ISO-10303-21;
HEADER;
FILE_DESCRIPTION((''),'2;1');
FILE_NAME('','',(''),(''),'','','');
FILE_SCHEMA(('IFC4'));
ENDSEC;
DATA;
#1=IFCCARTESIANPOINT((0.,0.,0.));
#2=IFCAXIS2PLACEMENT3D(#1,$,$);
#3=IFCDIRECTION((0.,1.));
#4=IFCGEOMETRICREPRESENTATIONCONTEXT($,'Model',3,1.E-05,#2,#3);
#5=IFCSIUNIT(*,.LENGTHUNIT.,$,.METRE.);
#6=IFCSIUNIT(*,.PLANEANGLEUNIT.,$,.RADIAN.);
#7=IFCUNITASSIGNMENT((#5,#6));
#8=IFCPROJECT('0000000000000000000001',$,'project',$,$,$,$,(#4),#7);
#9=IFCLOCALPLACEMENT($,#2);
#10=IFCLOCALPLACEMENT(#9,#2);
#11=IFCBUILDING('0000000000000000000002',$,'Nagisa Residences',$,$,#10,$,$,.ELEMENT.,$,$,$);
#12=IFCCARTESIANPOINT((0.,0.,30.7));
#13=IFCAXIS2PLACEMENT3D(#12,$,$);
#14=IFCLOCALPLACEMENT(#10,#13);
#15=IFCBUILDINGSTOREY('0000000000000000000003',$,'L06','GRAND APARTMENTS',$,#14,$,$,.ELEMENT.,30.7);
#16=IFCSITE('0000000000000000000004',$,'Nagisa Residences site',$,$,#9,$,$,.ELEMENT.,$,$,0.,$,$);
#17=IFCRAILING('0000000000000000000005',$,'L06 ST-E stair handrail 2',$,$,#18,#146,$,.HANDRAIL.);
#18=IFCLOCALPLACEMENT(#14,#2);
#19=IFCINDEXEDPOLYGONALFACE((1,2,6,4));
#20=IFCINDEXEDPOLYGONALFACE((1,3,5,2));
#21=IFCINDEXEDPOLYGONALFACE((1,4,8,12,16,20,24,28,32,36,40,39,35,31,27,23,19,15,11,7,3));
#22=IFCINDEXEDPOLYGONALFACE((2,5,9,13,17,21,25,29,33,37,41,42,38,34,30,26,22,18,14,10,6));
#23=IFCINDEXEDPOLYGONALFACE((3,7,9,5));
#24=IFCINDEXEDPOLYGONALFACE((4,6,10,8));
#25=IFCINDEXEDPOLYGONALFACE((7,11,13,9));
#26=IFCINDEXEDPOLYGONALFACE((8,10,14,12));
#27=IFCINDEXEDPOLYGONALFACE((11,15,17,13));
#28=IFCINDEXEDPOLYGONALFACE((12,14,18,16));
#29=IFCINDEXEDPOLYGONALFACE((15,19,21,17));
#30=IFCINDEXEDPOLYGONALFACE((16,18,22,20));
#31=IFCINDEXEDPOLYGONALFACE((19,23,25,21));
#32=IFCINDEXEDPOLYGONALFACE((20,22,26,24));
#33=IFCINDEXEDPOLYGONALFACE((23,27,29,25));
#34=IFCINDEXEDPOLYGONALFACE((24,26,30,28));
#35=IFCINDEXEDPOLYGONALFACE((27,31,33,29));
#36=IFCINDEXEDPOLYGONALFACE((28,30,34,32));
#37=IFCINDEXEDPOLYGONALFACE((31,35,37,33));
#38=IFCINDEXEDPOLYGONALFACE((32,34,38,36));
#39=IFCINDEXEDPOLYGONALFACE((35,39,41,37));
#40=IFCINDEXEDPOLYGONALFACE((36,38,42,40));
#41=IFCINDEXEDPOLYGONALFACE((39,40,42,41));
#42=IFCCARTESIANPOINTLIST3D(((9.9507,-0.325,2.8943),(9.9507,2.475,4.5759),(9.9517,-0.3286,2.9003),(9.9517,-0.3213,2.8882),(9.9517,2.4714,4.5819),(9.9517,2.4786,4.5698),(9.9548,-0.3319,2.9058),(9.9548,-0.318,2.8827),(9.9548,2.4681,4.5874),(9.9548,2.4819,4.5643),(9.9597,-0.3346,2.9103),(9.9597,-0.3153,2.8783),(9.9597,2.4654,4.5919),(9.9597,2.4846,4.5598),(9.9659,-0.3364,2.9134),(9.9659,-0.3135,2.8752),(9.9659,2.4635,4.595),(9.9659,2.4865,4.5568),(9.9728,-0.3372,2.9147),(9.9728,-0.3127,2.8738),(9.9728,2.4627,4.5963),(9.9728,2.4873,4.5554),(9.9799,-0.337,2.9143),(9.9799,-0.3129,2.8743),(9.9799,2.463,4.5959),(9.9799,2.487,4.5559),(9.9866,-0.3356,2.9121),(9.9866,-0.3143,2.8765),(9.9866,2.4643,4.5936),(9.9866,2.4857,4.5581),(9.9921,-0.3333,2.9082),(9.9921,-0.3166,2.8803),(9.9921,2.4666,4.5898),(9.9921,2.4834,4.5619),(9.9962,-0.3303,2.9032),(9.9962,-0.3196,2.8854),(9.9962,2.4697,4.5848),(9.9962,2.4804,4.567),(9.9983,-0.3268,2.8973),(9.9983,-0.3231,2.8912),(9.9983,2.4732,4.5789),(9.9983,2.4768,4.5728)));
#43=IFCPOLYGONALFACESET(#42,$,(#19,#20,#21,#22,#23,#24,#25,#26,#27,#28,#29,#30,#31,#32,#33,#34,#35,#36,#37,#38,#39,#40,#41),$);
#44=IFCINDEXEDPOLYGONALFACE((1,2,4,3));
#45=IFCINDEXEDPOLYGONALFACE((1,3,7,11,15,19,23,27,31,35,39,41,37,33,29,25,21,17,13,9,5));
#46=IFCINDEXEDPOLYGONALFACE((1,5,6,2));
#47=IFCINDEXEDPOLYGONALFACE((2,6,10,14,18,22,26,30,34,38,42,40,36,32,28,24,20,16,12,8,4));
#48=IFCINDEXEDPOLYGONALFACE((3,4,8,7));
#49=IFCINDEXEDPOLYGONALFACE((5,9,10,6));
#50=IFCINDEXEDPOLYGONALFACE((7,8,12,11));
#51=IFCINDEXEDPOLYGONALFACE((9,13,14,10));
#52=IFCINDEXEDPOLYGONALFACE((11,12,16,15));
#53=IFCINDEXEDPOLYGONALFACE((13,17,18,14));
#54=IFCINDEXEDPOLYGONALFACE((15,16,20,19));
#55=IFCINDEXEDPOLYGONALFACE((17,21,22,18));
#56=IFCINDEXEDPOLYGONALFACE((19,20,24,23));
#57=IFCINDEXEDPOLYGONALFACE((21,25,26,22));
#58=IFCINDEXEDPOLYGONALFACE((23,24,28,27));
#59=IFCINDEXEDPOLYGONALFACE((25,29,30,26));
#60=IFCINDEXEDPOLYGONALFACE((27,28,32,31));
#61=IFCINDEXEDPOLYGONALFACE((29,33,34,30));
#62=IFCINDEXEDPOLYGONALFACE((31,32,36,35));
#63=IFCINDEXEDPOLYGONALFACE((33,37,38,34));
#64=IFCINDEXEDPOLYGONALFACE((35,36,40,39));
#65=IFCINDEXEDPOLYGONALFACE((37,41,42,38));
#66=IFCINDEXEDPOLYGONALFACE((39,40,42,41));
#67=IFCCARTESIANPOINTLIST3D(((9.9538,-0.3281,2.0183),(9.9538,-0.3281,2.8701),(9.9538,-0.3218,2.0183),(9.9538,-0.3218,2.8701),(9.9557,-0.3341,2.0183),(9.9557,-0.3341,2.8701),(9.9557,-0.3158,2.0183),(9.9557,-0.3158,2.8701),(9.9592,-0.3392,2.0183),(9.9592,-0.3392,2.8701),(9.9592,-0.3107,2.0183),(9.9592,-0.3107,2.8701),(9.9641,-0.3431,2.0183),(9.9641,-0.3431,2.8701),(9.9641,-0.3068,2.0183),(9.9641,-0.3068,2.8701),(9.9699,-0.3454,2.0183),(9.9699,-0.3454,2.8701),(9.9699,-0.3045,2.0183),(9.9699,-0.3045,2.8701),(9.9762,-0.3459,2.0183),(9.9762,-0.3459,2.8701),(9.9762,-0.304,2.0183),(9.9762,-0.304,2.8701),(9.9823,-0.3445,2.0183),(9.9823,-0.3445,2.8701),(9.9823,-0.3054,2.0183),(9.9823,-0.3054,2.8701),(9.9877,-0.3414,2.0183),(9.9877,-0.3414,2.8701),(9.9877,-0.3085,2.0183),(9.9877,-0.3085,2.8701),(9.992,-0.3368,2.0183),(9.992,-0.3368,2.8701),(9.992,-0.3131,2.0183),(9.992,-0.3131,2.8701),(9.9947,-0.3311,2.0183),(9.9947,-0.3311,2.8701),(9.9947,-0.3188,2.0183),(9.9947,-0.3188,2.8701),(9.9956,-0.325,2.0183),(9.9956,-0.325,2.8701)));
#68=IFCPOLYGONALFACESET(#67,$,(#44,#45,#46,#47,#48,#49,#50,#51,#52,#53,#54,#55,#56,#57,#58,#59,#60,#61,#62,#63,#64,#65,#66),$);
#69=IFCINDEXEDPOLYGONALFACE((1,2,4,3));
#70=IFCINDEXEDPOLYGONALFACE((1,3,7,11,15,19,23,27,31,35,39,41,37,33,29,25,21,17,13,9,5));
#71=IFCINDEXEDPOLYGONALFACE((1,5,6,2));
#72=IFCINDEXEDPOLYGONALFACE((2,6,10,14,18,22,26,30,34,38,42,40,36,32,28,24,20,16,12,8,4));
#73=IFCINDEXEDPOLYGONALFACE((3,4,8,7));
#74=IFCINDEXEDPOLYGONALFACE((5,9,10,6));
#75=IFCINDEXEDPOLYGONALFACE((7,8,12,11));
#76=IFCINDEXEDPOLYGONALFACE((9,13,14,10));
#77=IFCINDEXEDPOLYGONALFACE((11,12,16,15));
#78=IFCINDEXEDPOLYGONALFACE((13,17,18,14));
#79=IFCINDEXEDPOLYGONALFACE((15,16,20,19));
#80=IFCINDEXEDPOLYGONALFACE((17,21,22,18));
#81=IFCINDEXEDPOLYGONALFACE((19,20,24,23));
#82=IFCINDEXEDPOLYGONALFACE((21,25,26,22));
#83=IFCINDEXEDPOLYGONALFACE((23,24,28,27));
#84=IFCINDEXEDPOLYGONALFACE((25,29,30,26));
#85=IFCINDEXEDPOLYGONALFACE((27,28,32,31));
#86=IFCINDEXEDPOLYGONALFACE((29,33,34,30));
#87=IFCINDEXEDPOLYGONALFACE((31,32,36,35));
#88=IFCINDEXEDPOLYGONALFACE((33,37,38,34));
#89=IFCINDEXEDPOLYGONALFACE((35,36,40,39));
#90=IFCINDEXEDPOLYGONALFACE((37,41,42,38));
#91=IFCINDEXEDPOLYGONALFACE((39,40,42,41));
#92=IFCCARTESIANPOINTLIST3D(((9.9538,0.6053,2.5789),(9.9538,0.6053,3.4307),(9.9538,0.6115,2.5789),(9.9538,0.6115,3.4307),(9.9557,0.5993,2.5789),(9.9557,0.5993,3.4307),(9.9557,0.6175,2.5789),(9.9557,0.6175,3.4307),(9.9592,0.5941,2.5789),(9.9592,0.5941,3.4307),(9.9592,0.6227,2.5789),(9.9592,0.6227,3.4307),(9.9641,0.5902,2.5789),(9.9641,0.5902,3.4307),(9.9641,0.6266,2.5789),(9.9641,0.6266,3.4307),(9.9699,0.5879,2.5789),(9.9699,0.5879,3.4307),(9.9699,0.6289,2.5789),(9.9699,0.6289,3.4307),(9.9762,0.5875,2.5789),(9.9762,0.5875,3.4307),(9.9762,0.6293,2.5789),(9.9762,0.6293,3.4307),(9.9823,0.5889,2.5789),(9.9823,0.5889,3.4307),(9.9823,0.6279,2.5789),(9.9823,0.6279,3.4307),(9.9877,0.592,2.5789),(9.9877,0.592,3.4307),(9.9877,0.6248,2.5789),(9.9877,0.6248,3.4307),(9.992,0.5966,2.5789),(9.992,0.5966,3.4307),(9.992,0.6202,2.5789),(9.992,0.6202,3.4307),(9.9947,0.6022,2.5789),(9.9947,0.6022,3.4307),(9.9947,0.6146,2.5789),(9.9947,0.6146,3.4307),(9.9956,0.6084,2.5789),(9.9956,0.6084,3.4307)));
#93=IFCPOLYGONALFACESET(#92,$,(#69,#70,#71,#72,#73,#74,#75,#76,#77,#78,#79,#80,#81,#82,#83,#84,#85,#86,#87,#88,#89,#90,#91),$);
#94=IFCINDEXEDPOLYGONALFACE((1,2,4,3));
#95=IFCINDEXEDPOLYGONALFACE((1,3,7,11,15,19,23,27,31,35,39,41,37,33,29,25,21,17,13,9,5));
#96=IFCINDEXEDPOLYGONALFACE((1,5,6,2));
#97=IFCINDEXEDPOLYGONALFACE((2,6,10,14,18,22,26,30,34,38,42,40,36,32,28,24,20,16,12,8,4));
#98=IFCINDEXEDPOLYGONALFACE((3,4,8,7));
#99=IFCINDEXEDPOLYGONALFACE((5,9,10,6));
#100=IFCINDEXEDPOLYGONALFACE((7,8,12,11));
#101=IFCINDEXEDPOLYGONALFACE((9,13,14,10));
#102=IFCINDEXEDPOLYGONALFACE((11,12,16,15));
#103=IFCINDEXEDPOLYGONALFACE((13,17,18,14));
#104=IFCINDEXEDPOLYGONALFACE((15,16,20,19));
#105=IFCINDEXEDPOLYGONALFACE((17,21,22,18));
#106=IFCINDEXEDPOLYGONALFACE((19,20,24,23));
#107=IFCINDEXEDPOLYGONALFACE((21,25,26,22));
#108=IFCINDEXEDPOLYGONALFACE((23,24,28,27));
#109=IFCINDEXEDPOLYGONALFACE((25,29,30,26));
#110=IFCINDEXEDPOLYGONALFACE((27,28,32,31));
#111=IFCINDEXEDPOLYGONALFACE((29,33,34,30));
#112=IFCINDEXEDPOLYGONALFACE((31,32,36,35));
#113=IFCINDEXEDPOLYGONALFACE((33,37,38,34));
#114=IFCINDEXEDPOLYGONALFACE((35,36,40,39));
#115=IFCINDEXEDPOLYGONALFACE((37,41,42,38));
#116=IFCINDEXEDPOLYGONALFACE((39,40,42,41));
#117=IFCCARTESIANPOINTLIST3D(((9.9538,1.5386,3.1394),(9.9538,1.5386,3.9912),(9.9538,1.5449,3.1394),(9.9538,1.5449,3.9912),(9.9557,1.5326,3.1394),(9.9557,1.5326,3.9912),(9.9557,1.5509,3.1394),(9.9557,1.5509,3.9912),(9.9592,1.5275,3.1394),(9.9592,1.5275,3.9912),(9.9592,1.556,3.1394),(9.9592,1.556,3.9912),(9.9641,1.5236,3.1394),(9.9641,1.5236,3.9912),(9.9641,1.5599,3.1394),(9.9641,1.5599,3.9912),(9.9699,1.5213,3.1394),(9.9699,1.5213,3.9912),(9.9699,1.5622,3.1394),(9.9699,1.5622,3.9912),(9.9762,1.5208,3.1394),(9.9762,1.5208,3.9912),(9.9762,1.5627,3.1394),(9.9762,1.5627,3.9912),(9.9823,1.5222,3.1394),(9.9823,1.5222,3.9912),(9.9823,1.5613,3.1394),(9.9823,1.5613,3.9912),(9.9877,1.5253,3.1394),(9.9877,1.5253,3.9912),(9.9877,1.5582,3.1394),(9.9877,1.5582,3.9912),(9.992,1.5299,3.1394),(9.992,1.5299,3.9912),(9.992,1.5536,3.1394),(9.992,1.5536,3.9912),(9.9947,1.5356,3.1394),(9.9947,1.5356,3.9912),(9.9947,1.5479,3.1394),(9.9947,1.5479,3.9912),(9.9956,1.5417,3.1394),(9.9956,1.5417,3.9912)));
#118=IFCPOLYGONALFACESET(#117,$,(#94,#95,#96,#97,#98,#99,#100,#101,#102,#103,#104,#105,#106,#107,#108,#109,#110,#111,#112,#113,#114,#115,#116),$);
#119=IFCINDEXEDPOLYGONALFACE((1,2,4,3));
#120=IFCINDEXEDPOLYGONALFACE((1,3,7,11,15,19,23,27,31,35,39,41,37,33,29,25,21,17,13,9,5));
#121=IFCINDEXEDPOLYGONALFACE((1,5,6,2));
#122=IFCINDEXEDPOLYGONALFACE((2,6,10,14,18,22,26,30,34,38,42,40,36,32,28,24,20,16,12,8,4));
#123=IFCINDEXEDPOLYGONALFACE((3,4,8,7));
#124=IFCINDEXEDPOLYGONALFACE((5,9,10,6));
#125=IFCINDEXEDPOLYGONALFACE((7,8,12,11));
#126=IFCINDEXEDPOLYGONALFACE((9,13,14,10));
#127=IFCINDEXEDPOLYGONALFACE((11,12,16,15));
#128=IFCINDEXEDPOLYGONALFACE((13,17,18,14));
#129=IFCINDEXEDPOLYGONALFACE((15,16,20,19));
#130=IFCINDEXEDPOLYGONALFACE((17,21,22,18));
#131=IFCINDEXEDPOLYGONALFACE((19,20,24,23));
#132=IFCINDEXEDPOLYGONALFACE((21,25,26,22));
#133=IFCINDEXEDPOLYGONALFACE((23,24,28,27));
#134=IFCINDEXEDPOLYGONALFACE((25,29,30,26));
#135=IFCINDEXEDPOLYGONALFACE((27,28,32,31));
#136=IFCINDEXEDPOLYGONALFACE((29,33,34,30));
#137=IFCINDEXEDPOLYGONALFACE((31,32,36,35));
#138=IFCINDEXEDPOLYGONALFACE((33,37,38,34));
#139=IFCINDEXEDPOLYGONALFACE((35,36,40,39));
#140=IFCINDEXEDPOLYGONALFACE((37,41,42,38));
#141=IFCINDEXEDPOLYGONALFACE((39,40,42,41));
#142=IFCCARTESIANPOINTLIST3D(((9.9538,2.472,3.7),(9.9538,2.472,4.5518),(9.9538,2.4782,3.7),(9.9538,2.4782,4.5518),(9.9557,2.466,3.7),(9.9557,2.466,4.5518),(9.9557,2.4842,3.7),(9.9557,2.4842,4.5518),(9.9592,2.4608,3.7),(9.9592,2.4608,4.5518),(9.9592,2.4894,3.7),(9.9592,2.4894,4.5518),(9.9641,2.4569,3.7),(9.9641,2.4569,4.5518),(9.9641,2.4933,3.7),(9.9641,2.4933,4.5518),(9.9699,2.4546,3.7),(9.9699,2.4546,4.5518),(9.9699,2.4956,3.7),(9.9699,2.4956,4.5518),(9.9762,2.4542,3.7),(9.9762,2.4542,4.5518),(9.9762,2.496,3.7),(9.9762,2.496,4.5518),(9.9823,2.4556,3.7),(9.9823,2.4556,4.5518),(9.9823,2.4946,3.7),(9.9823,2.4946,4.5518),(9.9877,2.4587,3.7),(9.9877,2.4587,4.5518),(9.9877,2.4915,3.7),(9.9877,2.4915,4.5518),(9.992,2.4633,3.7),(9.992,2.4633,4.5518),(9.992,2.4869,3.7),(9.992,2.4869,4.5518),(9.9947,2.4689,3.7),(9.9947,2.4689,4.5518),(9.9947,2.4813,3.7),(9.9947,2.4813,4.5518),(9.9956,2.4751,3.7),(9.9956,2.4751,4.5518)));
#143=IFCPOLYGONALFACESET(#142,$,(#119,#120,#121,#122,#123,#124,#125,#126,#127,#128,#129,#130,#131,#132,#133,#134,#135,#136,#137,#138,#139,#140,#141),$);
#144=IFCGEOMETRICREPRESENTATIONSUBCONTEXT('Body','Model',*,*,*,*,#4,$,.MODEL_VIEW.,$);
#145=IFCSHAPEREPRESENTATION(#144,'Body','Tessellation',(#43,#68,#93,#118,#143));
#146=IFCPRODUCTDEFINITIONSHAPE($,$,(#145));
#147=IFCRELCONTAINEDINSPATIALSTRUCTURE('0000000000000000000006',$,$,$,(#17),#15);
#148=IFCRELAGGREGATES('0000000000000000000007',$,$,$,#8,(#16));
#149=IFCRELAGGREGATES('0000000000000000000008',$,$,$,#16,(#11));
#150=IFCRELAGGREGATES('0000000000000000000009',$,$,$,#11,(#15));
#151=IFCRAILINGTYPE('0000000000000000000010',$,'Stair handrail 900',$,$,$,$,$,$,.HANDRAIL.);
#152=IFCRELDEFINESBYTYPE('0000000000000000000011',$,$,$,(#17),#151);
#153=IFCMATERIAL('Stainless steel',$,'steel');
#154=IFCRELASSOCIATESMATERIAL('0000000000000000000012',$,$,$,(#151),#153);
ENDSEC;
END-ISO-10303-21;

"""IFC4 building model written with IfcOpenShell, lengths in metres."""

from ifc_helpers import new_model, si_unit, direction, frame, origin, origin_2d, place, context, subcontext, project, spatial, circle, extrude, material, type_object, element, save


model = new_model("IFC4")

# Units and contexts
model_context = context("Model", 3, precision=1e-05, world=origin(), true_north=direction((0.0, 1.0)))
body_context = subcontext(model_context, "Body", "Model", "MODEL_VIEW")
ifc_project = project(units=[si_unit("LENGTHUNIT", "METRE"), si_unit("PLANEANGLEUNIT", "RADIAN")], contexts=[model_context])

# Site, building, storey
site_placement = place(None, origin())
site = spatial("IfcSite", under=ifc_project, at=site_placement, Name="Nagisa Residences site", CompositionType="ELEMENT", RefElevation=0.0)
building_placement = place(site_placement, origin())
building = spatial("IfcBuilding", under=site, at=building_placement, Name="Nagisa Residences", CompositionType="ELEMENT")
storey_placement = place(building_placement, frame((0.0, 0.0, 30.7)))
storey = spatial("IfcBuildingStorey", under=building, at=storey_placement, Name="L06", Description="GRAND APARTMENTS", CompositionType="ELEMENT", Elevation=30.7)

# Railing
ifc_material_1 = material(Name="Stainless steel", Category="steel")
railing_type = type_object("IfcRailingType", Name="Stair handrail 900", PredefinedType="HANDRAIL", material=ifc_material_1)
railing_placement = place(storey_placement, frame((9.9746, -0.325, 2.0183)))
element("IfcRailing", 1, at=railing_placement, inside=storey, type_object=railing_type, Name="L06 ST-E stair handrail 2", PredefinedType="HANDRAIL", context=body_context, shape_type="SweptSolid", body=[
    extrude(circle(Radius=0.0239, at=origin_2d()), frame((0.0, 0.0, 0.876), z_axis=(0.0, 0.857275, 0.514858), x_axis=(-1.0, 0.0, 0.0)), (0.0, 0.0, 1.0), 3.2661),
    extrude(circle(Radius=0.021, at=origin_2d()), origin(), (0.0, 0.0, 1.0), 0.8518),
    extrude(circle(Radius=0.021, at=origin_2d()), frame((0.0, 0.9333, 0.5605)), (0.0, 0.0, 1.0), 0.8518),
    extrude(circle(Radius=0.021, at=origin_2d()), frame((0.0, 1.8667, 1.1211)), (0.0, 0.0, 1.0), 0.8518),
    extrude(circle(Radius=0.021, at=origin_2d()), frame((0.0, 2.8, 1.6816)), (0.0, 0.0, 1.0), 0.8518),
])

save(model, "model.ifc")
